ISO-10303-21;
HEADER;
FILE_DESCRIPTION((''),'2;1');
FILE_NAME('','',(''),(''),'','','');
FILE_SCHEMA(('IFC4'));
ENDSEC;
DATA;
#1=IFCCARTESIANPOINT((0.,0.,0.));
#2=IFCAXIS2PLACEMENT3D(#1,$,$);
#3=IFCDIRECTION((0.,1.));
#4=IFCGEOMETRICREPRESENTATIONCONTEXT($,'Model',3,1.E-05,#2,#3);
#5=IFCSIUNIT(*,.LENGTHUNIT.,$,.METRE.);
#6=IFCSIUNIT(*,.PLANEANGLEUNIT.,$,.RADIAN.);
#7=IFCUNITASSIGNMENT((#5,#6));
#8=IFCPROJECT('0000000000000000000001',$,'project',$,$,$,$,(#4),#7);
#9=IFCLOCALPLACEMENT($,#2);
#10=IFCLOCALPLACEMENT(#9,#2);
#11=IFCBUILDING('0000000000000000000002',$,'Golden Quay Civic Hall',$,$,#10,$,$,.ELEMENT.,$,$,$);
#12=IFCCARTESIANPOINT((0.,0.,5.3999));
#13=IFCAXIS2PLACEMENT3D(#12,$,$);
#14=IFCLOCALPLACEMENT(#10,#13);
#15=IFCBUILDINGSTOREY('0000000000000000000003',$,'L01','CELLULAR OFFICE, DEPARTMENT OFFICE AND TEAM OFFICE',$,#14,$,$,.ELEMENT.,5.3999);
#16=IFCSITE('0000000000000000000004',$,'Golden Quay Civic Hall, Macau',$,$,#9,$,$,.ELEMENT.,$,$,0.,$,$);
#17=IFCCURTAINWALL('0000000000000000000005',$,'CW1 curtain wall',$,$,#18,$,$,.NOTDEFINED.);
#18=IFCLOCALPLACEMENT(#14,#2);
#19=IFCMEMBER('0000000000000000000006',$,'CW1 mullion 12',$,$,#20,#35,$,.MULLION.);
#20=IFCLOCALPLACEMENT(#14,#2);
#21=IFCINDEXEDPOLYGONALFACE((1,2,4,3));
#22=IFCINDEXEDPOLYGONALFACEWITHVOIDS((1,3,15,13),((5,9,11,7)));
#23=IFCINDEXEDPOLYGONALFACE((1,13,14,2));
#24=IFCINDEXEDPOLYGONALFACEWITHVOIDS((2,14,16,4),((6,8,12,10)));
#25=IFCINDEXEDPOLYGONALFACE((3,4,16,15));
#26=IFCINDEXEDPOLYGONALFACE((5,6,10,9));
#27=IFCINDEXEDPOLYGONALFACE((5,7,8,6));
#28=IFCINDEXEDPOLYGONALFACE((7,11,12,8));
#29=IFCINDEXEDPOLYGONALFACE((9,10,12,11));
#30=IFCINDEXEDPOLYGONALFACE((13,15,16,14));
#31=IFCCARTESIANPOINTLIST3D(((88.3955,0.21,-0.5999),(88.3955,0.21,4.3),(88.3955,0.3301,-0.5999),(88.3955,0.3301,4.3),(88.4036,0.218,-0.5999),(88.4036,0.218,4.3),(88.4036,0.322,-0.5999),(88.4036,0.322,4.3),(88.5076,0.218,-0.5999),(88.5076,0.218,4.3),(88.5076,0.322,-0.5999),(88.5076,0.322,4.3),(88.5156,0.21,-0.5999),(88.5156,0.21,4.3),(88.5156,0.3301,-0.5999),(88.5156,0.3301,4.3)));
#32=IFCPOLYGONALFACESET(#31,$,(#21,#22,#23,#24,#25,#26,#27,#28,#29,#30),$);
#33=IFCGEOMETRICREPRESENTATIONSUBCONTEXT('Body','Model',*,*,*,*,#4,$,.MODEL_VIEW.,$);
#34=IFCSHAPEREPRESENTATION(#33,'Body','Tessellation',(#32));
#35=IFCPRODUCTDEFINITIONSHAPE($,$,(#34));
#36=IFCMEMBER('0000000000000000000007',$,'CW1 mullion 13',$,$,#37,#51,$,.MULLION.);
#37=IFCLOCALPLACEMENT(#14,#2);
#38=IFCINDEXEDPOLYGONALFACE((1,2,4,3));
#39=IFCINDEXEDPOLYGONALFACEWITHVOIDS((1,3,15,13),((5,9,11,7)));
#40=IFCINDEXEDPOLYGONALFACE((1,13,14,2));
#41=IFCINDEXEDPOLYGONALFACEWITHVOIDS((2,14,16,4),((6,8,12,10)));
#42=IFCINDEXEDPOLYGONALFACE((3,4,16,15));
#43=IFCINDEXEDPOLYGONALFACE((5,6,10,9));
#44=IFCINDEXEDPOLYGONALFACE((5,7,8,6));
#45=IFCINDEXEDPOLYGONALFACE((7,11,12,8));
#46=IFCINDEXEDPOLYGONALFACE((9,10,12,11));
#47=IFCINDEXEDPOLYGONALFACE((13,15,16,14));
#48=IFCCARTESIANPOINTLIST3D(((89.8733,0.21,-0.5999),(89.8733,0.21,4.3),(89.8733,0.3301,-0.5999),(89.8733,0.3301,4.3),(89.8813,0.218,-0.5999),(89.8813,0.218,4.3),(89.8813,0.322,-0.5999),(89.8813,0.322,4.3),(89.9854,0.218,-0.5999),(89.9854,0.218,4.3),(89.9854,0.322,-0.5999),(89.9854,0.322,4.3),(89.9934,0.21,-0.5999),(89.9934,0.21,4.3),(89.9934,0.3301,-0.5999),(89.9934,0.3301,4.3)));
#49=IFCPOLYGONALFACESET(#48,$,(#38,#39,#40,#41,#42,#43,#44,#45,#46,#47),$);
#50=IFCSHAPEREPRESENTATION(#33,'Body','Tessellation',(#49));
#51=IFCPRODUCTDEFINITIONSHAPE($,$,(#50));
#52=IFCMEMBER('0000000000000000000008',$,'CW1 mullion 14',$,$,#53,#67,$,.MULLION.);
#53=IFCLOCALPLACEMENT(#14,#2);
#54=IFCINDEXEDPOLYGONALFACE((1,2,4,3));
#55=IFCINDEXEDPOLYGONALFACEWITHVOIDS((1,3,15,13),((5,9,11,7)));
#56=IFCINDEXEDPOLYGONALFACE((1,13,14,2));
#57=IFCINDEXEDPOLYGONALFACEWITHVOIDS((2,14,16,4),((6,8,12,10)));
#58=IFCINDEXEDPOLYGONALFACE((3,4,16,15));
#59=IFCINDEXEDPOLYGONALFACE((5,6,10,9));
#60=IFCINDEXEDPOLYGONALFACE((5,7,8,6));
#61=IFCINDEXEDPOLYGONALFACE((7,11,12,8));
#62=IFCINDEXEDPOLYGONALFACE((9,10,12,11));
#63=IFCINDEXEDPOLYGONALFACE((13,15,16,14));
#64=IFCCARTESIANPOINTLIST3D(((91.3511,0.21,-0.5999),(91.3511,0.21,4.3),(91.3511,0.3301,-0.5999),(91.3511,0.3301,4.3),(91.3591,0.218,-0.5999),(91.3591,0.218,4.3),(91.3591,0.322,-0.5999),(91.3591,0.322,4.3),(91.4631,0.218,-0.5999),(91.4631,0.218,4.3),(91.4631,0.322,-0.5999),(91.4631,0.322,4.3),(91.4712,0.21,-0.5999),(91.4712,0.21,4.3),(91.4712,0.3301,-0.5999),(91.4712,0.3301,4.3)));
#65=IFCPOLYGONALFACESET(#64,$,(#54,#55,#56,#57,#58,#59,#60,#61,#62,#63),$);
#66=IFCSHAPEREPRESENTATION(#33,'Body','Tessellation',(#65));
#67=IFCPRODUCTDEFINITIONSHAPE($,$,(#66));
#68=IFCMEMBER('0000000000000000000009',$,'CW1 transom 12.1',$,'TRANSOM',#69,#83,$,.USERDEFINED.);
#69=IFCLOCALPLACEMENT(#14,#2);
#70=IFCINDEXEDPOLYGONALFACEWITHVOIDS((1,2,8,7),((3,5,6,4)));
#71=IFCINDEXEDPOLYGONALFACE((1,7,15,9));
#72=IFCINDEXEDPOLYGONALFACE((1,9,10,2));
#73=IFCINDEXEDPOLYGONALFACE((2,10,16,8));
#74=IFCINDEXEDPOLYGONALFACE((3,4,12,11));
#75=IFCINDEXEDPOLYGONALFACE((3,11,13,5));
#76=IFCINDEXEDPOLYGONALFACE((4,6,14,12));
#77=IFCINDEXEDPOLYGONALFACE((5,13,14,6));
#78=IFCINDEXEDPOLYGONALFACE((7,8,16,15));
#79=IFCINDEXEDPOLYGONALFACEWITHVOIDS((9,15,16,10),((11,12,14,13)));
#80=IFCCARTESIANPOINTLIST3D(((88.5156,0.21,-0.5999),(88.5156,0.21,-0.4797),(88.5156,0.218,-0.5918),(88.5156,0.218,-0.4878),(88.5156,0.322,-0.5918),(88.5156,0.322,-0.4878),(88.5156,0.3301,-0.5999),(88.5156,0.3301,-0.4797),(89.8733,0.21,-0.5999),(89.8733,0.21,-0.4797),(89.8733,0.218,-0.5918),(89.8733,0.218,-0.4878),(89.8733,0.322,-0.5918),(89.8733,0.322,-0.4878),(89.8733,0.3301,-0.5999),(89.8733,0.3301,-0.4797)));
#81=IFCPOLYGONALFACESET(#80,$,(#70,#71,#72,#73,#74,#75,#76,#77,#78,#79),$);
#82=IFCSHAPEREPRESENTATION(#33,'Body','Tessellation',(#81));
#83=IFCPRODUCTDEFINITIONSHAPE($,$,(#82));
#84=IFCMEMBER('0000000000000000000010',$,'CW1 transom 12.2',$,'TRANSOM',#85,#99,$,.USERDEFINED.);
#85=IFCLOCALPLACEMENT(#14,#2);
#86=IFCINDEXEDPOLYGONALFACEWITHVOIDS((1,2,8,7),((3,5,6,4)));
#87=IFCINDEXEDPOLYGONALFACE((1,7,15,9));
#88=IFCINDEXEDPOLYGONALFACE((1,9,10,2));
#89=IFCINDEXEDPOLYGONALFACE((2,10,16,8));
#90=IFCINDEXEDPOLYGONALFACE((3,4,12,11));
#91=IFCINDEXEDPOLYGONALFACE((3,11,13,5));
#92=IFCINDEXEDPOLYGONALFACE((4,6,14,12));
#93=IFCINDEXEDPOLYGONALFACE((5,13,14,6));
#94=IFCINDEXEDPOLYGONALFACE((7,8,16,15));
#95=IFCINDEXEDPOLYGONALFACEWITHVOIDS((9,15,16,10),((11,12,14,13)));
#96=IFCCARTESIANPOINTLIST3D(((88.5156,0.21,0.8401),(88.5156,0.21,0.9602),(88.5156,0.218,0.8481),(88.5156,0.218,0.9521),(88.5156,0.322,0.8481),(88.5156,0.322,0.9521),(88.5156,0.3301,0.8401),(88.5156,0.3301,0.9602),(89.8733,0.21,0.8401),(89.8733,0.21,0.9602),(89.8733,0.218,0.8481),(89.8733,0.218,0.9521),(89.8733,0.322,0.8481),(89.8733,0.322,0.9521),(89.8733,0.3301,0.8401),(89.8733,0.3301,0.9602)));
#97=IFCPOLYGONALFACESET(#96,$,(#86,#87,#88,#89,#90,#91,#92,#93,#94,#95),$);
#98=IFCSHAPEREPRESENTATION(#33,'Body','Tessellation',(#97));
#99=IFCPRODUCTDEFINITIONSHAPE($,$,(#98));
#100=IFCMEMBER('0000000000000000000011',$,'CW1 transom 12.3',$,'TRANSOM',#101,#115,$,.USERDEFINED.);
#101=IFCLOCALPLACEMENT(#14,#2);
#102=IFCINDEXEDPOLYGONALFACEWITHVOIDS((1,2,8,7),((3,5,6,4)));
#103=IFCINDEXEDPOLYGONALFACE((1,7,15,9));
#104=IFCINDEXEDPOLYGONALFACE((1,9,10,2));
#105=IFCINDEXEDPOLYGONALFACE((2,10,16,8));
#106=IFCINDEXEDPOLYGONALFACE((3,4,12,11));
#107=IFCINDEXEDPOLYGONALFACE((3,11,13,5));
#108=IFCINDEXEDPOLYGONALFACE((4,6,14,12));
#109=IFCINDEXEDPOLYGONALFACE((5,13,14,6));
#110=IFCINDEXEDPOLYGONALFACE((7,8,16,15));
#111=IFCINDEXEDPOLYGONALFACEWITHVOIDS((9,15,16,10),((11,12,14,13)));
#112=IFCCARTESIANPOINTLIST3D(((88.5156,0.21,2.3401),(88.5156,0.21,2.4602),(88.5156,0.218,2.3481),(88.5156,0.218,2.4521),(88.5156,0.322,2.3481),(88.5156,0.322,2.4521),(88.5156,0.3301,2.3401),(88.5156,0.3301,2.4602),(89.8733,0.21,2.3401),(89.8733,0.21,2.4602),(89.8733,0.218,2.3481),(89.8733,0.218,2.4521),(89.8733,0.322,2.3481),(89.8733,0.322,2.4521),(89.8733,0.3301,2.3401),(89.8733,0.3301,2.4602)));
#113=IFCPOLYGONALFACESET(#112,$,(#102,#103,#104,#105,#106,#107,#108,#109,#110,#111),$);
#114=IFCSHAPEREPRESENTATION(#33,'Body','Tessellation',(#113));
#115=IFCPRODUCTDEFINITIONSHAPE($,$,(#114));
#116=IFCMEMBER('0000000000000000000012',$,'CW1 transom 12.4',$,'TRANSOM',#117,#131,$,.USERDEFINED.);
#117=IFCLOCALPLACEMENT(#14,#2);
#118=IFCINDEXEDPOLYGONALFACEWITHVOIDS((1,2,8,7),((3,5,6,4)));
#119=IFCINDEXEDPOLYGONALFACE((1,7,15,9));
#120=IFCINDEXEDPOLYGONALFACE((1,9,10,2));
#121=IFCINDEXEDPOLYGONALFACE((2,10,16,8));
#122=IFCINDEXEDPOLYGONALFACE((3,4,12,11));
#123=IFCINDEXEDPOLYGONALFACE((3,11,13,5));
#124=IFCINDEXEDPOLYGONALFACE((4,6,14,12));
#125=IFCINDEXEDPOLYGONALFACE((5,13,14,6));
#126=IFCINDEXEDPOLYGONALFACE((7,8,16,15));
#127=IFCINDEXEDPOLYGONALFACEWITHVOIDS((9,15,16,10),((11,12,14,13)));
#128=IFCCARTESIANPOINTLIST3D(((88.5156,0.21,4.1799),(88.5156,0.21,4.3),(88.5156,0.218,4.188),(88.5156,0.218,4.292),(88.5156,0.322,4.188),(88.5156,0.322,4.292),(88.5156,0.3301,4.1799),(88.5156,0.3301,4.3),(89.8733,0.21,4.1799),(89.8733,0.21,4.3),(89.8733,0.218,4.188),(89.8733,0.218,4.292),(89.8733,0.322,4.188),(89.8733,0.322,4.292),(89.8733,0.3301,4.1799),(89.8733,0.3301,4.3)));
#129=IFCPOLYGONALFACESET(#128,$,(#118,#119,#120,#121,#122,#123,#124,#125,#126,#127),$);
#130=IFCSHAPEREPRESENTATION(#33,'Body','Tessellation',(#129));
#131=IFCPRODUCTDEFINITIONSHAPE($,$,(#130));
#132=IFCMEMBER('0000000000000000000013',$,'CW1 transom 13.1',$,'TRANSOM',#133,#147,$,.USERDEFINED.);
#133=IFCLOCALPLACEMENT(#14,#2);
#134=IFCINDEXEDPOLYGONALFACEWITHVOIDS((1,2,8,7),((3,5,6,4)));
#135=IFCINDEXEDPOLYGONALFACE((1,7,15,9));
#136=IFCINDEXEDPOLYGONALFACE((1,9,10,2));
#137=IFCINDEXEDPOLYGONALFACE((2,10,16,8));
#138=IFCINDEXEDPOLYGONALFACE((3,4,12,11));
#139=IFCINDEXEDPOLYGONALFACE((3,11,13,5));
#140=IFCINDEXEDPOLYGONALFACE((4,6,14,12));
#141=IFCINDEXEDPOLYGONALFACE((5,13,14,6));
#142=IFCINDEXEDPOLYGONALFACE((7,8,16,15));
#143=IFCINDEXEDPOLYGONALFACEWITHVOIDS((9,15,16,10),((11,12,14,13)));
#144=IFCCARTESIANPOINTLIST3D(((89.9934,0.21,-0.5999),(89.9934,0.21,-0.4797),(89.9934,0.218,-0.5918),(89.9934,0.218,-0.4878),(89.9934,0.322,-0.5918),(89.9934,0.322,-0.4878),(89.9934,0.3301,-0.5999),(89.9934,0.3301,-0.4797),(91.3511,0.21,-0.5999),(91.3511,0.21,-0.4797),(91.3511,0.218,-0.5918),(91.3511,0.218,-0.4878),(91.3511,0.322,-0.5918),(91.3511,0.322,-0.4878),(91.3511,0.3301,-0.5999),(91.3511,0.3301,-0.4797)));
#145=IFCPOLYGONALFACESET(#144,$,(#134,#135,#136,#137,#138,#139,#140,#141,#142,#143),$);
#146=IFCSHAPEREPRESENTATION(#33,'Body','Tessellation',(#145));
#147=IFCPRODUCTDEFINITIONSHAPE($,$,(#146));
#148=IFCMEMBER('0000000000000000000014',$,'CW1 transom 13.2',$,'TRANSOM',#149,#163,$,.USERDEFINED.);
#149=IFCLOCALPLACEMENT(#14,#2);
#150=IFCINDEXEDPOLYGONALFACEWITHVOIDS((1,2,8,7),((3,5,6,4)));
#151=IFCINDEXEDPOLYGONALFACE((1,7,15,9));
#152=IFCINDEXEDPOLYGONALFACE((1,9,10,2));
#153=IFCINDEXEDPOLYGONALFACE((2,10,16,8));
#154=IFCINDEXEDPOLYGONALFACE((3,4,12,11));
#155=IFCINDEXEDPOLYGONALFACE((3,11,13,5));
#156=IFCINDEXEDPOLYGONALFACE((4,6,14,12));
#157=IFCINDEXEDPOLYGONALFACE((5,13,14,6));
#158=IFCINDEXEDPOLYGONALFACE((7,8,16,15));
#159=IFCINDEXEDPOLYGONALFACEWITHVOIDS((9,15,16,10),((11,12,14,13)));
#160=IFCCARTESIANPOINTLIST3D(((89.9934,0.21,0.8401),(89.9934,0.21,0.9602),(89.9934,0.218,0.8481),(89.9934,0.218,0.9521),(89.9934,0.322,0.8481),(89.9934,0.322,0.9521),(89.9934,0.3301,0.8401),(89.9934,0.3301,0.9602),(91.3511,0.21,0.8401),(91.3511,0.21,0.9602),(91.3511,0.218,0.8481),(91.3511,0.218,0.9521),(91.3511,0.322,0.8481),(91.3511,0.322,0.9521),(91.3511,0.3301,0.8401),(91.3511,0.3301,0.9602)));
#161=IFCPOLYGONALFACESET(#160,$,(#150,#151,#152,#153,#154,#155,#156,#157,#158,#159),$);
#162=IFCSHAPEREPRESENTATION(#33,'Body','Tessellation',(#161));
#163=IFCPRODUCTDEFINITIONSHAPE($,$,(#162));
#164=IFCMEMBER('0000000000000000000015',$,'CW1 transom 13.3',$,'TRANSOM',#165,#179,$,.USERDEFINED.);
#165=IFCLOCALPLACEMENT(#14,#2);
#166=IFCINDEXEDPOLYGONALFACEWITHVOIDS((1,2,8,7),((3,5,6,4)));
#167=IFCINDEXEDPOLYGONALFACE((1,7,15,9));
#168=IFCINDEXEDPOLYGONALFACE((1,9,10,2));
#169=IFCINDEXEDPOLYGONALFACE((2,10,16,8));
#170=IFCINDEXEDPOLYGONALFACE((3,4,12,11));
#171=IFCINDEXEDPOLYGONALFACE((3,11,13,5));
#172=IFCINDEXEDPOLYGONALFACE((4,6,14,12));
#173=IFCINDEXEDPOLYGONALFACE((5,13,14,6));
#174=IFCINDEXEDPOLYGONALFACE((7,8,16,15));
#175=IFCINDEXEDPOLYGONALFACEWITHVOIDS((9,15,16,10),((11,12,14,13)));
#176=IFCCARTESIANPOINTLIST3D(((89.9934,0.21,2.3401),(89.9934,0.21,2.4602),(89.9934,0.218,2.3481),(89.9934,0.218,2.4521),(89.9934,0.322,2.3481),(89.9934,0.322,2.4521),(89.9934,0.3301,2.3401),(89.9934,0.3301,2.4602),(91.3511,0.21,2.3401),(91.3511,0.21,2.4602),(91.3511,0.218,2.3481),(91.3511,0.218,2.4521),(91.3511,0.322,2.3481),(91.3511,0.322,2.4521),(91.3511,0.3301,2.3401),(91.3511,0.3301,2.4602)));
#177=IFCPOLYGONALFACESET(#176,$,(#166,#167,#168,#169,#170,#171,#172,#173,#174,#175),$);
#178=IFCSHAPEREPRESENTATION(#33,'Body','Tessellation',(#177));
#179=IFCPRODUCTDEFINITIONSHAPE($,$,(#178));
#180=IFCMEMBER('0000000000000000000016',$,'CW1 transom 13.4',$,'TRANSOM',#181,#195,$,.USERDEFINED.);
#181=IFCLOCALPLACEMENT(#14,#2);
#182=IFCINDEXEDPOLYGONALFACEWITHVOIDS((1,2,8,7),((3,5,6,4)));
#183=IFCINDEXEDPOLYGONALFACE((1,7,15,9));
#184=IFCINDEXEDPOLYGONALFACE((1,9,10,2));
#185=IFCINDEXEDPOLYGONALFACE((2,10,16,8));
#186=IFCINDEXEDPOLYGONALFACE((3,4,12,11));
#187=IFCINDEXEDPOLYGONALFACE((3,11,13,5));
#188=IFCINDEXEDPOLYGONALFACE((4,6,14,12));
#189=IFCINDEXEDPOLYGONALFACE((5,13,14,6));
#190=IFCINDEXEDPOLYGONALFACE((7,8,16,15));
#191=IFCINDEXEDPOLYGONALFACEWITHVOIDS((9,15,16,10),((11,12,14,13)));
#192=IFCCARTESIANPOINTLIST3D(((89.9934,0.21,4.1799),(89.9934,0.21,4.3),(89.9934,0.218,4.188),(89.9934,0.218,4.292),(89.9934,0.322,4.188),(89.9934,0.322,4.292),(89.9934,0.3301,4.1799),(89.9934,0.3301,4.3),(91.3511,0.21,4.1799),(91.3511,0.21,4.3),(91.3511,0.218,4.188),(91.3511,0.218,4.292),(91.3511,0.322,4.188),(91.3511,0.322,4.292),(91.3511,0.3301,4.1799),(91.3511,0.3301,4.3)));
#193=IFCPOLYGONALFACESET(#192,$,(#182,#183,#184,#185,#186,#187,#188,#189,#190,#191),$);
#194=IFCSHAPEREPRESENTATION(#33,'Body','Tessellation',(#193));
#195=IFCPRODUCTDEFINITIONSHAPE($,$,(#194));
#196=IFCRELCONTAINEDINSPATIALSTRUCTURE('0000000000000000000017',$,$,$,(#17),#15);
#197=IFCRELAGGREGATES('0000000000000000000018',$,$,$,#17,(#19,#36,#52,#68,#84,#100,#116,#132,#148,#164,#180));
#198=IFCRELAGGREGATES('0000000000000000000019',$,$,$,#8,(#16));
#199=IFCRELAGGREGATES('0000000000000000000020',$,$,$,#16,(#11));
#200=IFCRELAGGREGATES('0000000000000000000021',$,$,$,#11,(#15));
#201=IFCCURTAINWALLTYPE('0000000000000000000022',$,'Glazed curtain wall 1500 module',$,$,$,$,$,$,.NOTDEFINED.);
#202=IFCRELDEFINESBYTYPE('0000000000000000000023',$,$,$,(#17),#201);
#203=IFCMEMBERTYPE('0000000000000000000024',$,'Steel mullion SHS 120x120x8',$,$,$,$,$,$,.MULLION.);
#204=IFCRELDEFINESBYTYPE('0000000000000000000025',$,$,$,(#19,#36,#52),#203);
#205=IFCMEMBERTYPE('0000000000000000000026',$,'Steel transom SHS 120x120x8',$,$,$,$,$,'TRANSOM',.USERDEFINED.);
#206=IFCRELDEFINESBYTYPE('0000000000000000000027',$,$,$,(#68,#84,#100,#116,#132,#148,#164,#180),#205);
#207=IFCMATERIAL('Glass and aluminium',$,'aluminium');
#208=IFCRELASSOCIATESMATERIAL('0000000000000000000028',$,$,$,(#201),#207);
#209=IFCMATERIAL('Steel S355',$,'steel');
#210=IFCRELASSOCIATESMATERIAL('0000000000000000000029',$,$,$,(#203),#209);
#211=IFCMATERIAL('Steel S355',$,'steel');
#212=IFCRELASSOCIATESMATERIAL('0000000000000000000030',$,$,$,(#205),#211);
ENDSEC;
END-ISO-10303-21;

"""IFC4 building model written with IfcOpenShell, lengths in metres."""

from ifc_helpers import new_model, si_unit, direction, frame, origin, origin_2d, place, context, subcontext, project, spatial, hollow_rectangle, extrude, material, material_profile, profile_set, type_object, element, aggregate, save


model = new_model("IFC4")

# Units and contexts
model_context = context("Model", 3, precision=1e-05, world=origin(), true_north=direction((0.0, 1.0)))
body_context = subcontext(model_context, "Body", "Model", "MODEL_VIEW")
ifc_project = project(units=[si_unit("LENGTHUNIT", "METRE"), si_unit("PLANEANGLEUNIT", "RADIAN")], contexts=[model_context])

# Site, building, storey
site_placement = place(None, origin())
site = spatial("IfcSite", under=ifc_project, at=site_placement, Name="Golden Quay Civic Hall, Macau", CompositionType="ELEMENT", RefElevation=0.0)
building_placement = place(site_placement, origin())
building = spatial("IfcBuilding", under=site, at=building_placement, Name="Golden Quay Civic Hall", CompositionType="ELEMENT")
storey_placement = place(building_placement, frame((0.0, 0.0, 5.3999)))
storey = spatial("IfcBuildingStorey", under=building, at=storey_placement, Name="L01", Description="CELLULAR OFFICE, DEPARTMENT OFFICE AND TEAM OFFICE", CompositionType="ELEMENT", Elevation=5.3999)

# Curtain wall, members
ifc_material_1 = material(Name="Glass and aluminium", Category="aluminium")
curtain_wall_type = type_object("IfcCurtainWallType", Name="Glazed curtain wall 1500 module", PredefinedType="NOTDEFINED", material=ifc_material_1)
curtain_wall_placement = place(storey_placement, origin())
curtain_wall = element("IfcCurtainWall", 1, at=curtain_wall_placement, inside=storey, type_object=curtain_wall_type, Name="CW1 curtain wall", PredefinedType="NOTDEFINED")
ifc_material_2 = material(Name="Steel S355", Category="steel")
ifc_material_profile_1 = material_profile(ifc_material_2, hollow_rectangle(XDim=0.1201, YDim=0.1201, WallThickness=0.0081, at=origin_2d()), Name="SHS 120x120x8")
ifc_profile_set_1 = profile_set([ifc_material_profile_1], Name="Steel S355")
member_type_1 = type_object("IfcMemberType", Name="Steel mullion SHS 120x120x8", PredefinedType="MULLION", material=ifc_profile_set_1)
member_1_placement = place(storey_placement, frame((88.4556, 0.27, -0.5999), z_axis=(0.0, 0.0, 1.0), x_axis=(0.0, 1.0, 0.0)))
member_1 = element("IfcMember", 2, at=member_1_placement, type_object=member_type_1, Name="CW1 mullion 12", PredefinedType="MULLION", context=body_context, shape_type="SweptSolid", body=[
    extrude(hollow_rectangle(XDim=0.1201, YDim=0.1201, WallThickness=0.0081, at=origin_2d()), origin(), (0.0, 0.0, 1.0), 4.8999),
])
member_2_placement = place(storey_placement, frame((89.9333, 0.27, -0.5999), z_axis=(0.0, 0.0, 1.0), x_axis=(0.0, 1.0, 0.0)))
member_2 = element("IfcMember", 3, at=member_2_placement, type_object=member_type_1, Name="CW1 mullion 13", PredefinedType="MULLION", context=body_context, shape_type="SweptSolid", body=[
    extrude(hollow_rectangle(XDim=0.1201, YDim=0.1201, WallThickness=0.0081, at=origin_2d()), origin(), (0.0, 0.0, 1.0), 4.8999),
])
member_3_placement = place(storey_placement, frame((91.4111, 0.27, -0.5999), z_axis=(0.0, 0.0, 1.0), x_axis=(0.0, 1.0, 0.0)))
member_3 = element("IfcMember", 4, at=member_3_placement, type_object=member_type_1, Name="CW1 mullion 14", PredefinedType="MULLION", context=body_context, shape_type="SweptSolid", body=[
    extrude(hollow_rectangle(XDim=0.1201, YDim=0.1201, WallThickness=0.0081, at=origin_2d()), origin(), (0.0, 0.0, 1.0), 4.8999),
])
ifc_material_3 = material(Name="Steel S355", Category="steel")
ifc_material_profile_2 = material_profile(ifc_material_3, hollow_rectangle(XDim=0.1201, YDim=0.1201, WallThickness=0.0081, at=origin_2d()), Name="SHS 120x120x8")
ifc_profile_set_2 = profile_set([ifc_material_profile_2], Name="Steel S355")
member_type_2 = type_object("IfcMemberType", Name="Steel transom SHS 120x120x8", ElementType="TRANSOM", PredefinedType="USERDEFINED", material=ifc_profile_set_2)
member_4_placement = place(storey_placement, frame((88.5156, 0.27, -0.5398), z_axis=(1.0, 0.0, 0.0), x_axis=(0.0, 1.0, 0.0)))
member_4 = element("IfcMember", 5, at=member_4_placement, type_object=member_type_2, Name="CW1 transom 12.1", ObjectType="TRANSOM", PredefinedType="USERDEFINED", context=body_context, shape_type="SweptSolid", body=[
    extrude(hollow_rectangle(XDim=0.1201, YDim=0.1201, WallThickness=0.0081, at=origin_2d()), origin(), (0.0, 0.0, 1.0), 1.3577),
])
member_5_placement = place(storey_placement, frame((88.5156, 0.27, 0.9001), z_axis=(1.0, 0.0, 0.0), x_axis=(0.0, 1.0, 0.0)))
member_5 = element("IfcMember", 6, at=member_5_placement, type_object=member_type_2, Name="CW1 transom 12.2", ObjectType="TRANSOM", PredefinedType="USERDEFINED", context=body_context, shape_type="SweptSolid", body=[
    extrude(hollow_rectangle(XDim=0.1201, YDim=0.1201, WallThickness=0.0081, at=origin_2d()), origin(), (0.0, 0.0, 1.0), 1.3577),
])
member_6_placement = place(storey_placement, frame((88.5156, 0.27, 2.4001), z_axis=(1.0, 0.0, 0.0), x_axis=(0.0, 1.0, 0.0)))
member_6 = element("IfcMember", 7, at=member_6_placement, type_object=member_type_2, Name="CW1 transom 12.3", ObjectType="TRANSOM", PredefinedType="USERDEFINED", context=body_context, shape_type="SweptSolid", body=[
    extrude(hollow_rectangle(XDim=0.1201, YDim=0.1201, WallThickness=0.0081, at=origin_2d()), origin(), (0.0, 0.0, 1.0), 1.3577),
])
member_7_placement = place(storey_placement, frame((88.5156, 0.27, 4.24), z_axis=(1.0, 0.0, 0.0), x_axis=(0.0, 1.0, 0.0)))
member_7 = element("IfcMember", 8, at=member_7_placement, type_object=member_type_2, Name="CW1 transom 12.4", ObjectType="TRANSOM", PredefinedType="USERDEFINED", context=body_context, shape_type="SweptSolid", body=[
    extrude(hollow_rectangle(XDim=0.1201, YDim=0.1201, WallThickness=0.0081, at=origin_2d()), origin(), (0.0, 0.0, 1.0), 1.3577),
])
member_8_placement = place(storey_placement, frame((89.9934, 0.27, -0.5398), z_axis=(1.0, 0.0, 0.0), x_axis=(0.0, 1.0, 0.0)))
member_8 = element("IfcMember", 9, at=member_8_placement, type_object=member_type_2, Name="CW1 transom 13.1", ObjectType="TRANSOM", PredefinedType="USERDEFINED", context=body_context, shape_type="SweptSolid", body=[
    extrude(hollow_rectangle(XDim=0.1201, YDim=0.1201, WallThickness=0.0081, at=origin_2d()), origin(), (0.0, 0.0, 1.0), 1.3577),
])
member_9_placement = place(storey_placement, frame((89.9934, 0.27, 0.9001), z_axis=(1.0, 0.0, 0.0), x_axis=(0.0, 1.0, 0.0)))
member_9 = element("IfcMember", 10, at=member_9_placement, type_object=member_type_2, Name="CW1 transom 13.2", ObjectType="TRANSOM", PredefinedType="USERDEFINED", context=body_context, shape_type="SweptSolid", body=[
    extrude(hollow_rectangle(XDim=0.1201, YDim=0.1201, WallThickness=0.0081, at=origin_2d()), origin(), (0.0, 0.0, 1.0), 1.3577),
])
member_10_placement = place(storey_placement, frame((89.9934, 0.27, 2.4001), z_axis=(1.0, 0.0, 0.0), x_axis=(0.0, 1.0, 0.0)))
member_10 = element("IfcMember", 11, at=member_10_placement, type_object=member_type_2, Name="CW1 transom 13.3", ObjectType="TRANSOM", PredefinedType="USERDEFINED", context=body_context, shape_type="SweptSolid", body=[
    extrude(hollow_rectangle(XDim=0.1201, YDim=0.1201, WallThickness=0.0081, at=origin_2d()), origin(), (0.0, 0.0, 1.0), 1.3577),
])
member_11_placement = place(storey_placement, frame((89.9934, 0.27, 4.24), z_axis=(1.0, 0.0, 0.0), x_axis=(0.0, 1.0, 0.0)))
member_11 = element("IfcMember", 12, at=member_11_placement, type_object=member_type_2, Name="CW1 transom 13.4", ObjectType="TRANSOM", PredefinedType="USERDEFINED", context=body_context, shape_type="SweptSolid", body=[
    extrude(hollow_rectangle(XDim=0.1201, YDim=0.1201, WallThickness=0.0081, at=origin_2d()), origin(), (0.0, 0.0, 1.0), 1.3577),
])
aggregate(curtain_wall, [member_1, member_2, member_3, member_4, member_5, member_6, member_7, member_8, member_9, member_10, member_11])

save(model, "model.ifc")
